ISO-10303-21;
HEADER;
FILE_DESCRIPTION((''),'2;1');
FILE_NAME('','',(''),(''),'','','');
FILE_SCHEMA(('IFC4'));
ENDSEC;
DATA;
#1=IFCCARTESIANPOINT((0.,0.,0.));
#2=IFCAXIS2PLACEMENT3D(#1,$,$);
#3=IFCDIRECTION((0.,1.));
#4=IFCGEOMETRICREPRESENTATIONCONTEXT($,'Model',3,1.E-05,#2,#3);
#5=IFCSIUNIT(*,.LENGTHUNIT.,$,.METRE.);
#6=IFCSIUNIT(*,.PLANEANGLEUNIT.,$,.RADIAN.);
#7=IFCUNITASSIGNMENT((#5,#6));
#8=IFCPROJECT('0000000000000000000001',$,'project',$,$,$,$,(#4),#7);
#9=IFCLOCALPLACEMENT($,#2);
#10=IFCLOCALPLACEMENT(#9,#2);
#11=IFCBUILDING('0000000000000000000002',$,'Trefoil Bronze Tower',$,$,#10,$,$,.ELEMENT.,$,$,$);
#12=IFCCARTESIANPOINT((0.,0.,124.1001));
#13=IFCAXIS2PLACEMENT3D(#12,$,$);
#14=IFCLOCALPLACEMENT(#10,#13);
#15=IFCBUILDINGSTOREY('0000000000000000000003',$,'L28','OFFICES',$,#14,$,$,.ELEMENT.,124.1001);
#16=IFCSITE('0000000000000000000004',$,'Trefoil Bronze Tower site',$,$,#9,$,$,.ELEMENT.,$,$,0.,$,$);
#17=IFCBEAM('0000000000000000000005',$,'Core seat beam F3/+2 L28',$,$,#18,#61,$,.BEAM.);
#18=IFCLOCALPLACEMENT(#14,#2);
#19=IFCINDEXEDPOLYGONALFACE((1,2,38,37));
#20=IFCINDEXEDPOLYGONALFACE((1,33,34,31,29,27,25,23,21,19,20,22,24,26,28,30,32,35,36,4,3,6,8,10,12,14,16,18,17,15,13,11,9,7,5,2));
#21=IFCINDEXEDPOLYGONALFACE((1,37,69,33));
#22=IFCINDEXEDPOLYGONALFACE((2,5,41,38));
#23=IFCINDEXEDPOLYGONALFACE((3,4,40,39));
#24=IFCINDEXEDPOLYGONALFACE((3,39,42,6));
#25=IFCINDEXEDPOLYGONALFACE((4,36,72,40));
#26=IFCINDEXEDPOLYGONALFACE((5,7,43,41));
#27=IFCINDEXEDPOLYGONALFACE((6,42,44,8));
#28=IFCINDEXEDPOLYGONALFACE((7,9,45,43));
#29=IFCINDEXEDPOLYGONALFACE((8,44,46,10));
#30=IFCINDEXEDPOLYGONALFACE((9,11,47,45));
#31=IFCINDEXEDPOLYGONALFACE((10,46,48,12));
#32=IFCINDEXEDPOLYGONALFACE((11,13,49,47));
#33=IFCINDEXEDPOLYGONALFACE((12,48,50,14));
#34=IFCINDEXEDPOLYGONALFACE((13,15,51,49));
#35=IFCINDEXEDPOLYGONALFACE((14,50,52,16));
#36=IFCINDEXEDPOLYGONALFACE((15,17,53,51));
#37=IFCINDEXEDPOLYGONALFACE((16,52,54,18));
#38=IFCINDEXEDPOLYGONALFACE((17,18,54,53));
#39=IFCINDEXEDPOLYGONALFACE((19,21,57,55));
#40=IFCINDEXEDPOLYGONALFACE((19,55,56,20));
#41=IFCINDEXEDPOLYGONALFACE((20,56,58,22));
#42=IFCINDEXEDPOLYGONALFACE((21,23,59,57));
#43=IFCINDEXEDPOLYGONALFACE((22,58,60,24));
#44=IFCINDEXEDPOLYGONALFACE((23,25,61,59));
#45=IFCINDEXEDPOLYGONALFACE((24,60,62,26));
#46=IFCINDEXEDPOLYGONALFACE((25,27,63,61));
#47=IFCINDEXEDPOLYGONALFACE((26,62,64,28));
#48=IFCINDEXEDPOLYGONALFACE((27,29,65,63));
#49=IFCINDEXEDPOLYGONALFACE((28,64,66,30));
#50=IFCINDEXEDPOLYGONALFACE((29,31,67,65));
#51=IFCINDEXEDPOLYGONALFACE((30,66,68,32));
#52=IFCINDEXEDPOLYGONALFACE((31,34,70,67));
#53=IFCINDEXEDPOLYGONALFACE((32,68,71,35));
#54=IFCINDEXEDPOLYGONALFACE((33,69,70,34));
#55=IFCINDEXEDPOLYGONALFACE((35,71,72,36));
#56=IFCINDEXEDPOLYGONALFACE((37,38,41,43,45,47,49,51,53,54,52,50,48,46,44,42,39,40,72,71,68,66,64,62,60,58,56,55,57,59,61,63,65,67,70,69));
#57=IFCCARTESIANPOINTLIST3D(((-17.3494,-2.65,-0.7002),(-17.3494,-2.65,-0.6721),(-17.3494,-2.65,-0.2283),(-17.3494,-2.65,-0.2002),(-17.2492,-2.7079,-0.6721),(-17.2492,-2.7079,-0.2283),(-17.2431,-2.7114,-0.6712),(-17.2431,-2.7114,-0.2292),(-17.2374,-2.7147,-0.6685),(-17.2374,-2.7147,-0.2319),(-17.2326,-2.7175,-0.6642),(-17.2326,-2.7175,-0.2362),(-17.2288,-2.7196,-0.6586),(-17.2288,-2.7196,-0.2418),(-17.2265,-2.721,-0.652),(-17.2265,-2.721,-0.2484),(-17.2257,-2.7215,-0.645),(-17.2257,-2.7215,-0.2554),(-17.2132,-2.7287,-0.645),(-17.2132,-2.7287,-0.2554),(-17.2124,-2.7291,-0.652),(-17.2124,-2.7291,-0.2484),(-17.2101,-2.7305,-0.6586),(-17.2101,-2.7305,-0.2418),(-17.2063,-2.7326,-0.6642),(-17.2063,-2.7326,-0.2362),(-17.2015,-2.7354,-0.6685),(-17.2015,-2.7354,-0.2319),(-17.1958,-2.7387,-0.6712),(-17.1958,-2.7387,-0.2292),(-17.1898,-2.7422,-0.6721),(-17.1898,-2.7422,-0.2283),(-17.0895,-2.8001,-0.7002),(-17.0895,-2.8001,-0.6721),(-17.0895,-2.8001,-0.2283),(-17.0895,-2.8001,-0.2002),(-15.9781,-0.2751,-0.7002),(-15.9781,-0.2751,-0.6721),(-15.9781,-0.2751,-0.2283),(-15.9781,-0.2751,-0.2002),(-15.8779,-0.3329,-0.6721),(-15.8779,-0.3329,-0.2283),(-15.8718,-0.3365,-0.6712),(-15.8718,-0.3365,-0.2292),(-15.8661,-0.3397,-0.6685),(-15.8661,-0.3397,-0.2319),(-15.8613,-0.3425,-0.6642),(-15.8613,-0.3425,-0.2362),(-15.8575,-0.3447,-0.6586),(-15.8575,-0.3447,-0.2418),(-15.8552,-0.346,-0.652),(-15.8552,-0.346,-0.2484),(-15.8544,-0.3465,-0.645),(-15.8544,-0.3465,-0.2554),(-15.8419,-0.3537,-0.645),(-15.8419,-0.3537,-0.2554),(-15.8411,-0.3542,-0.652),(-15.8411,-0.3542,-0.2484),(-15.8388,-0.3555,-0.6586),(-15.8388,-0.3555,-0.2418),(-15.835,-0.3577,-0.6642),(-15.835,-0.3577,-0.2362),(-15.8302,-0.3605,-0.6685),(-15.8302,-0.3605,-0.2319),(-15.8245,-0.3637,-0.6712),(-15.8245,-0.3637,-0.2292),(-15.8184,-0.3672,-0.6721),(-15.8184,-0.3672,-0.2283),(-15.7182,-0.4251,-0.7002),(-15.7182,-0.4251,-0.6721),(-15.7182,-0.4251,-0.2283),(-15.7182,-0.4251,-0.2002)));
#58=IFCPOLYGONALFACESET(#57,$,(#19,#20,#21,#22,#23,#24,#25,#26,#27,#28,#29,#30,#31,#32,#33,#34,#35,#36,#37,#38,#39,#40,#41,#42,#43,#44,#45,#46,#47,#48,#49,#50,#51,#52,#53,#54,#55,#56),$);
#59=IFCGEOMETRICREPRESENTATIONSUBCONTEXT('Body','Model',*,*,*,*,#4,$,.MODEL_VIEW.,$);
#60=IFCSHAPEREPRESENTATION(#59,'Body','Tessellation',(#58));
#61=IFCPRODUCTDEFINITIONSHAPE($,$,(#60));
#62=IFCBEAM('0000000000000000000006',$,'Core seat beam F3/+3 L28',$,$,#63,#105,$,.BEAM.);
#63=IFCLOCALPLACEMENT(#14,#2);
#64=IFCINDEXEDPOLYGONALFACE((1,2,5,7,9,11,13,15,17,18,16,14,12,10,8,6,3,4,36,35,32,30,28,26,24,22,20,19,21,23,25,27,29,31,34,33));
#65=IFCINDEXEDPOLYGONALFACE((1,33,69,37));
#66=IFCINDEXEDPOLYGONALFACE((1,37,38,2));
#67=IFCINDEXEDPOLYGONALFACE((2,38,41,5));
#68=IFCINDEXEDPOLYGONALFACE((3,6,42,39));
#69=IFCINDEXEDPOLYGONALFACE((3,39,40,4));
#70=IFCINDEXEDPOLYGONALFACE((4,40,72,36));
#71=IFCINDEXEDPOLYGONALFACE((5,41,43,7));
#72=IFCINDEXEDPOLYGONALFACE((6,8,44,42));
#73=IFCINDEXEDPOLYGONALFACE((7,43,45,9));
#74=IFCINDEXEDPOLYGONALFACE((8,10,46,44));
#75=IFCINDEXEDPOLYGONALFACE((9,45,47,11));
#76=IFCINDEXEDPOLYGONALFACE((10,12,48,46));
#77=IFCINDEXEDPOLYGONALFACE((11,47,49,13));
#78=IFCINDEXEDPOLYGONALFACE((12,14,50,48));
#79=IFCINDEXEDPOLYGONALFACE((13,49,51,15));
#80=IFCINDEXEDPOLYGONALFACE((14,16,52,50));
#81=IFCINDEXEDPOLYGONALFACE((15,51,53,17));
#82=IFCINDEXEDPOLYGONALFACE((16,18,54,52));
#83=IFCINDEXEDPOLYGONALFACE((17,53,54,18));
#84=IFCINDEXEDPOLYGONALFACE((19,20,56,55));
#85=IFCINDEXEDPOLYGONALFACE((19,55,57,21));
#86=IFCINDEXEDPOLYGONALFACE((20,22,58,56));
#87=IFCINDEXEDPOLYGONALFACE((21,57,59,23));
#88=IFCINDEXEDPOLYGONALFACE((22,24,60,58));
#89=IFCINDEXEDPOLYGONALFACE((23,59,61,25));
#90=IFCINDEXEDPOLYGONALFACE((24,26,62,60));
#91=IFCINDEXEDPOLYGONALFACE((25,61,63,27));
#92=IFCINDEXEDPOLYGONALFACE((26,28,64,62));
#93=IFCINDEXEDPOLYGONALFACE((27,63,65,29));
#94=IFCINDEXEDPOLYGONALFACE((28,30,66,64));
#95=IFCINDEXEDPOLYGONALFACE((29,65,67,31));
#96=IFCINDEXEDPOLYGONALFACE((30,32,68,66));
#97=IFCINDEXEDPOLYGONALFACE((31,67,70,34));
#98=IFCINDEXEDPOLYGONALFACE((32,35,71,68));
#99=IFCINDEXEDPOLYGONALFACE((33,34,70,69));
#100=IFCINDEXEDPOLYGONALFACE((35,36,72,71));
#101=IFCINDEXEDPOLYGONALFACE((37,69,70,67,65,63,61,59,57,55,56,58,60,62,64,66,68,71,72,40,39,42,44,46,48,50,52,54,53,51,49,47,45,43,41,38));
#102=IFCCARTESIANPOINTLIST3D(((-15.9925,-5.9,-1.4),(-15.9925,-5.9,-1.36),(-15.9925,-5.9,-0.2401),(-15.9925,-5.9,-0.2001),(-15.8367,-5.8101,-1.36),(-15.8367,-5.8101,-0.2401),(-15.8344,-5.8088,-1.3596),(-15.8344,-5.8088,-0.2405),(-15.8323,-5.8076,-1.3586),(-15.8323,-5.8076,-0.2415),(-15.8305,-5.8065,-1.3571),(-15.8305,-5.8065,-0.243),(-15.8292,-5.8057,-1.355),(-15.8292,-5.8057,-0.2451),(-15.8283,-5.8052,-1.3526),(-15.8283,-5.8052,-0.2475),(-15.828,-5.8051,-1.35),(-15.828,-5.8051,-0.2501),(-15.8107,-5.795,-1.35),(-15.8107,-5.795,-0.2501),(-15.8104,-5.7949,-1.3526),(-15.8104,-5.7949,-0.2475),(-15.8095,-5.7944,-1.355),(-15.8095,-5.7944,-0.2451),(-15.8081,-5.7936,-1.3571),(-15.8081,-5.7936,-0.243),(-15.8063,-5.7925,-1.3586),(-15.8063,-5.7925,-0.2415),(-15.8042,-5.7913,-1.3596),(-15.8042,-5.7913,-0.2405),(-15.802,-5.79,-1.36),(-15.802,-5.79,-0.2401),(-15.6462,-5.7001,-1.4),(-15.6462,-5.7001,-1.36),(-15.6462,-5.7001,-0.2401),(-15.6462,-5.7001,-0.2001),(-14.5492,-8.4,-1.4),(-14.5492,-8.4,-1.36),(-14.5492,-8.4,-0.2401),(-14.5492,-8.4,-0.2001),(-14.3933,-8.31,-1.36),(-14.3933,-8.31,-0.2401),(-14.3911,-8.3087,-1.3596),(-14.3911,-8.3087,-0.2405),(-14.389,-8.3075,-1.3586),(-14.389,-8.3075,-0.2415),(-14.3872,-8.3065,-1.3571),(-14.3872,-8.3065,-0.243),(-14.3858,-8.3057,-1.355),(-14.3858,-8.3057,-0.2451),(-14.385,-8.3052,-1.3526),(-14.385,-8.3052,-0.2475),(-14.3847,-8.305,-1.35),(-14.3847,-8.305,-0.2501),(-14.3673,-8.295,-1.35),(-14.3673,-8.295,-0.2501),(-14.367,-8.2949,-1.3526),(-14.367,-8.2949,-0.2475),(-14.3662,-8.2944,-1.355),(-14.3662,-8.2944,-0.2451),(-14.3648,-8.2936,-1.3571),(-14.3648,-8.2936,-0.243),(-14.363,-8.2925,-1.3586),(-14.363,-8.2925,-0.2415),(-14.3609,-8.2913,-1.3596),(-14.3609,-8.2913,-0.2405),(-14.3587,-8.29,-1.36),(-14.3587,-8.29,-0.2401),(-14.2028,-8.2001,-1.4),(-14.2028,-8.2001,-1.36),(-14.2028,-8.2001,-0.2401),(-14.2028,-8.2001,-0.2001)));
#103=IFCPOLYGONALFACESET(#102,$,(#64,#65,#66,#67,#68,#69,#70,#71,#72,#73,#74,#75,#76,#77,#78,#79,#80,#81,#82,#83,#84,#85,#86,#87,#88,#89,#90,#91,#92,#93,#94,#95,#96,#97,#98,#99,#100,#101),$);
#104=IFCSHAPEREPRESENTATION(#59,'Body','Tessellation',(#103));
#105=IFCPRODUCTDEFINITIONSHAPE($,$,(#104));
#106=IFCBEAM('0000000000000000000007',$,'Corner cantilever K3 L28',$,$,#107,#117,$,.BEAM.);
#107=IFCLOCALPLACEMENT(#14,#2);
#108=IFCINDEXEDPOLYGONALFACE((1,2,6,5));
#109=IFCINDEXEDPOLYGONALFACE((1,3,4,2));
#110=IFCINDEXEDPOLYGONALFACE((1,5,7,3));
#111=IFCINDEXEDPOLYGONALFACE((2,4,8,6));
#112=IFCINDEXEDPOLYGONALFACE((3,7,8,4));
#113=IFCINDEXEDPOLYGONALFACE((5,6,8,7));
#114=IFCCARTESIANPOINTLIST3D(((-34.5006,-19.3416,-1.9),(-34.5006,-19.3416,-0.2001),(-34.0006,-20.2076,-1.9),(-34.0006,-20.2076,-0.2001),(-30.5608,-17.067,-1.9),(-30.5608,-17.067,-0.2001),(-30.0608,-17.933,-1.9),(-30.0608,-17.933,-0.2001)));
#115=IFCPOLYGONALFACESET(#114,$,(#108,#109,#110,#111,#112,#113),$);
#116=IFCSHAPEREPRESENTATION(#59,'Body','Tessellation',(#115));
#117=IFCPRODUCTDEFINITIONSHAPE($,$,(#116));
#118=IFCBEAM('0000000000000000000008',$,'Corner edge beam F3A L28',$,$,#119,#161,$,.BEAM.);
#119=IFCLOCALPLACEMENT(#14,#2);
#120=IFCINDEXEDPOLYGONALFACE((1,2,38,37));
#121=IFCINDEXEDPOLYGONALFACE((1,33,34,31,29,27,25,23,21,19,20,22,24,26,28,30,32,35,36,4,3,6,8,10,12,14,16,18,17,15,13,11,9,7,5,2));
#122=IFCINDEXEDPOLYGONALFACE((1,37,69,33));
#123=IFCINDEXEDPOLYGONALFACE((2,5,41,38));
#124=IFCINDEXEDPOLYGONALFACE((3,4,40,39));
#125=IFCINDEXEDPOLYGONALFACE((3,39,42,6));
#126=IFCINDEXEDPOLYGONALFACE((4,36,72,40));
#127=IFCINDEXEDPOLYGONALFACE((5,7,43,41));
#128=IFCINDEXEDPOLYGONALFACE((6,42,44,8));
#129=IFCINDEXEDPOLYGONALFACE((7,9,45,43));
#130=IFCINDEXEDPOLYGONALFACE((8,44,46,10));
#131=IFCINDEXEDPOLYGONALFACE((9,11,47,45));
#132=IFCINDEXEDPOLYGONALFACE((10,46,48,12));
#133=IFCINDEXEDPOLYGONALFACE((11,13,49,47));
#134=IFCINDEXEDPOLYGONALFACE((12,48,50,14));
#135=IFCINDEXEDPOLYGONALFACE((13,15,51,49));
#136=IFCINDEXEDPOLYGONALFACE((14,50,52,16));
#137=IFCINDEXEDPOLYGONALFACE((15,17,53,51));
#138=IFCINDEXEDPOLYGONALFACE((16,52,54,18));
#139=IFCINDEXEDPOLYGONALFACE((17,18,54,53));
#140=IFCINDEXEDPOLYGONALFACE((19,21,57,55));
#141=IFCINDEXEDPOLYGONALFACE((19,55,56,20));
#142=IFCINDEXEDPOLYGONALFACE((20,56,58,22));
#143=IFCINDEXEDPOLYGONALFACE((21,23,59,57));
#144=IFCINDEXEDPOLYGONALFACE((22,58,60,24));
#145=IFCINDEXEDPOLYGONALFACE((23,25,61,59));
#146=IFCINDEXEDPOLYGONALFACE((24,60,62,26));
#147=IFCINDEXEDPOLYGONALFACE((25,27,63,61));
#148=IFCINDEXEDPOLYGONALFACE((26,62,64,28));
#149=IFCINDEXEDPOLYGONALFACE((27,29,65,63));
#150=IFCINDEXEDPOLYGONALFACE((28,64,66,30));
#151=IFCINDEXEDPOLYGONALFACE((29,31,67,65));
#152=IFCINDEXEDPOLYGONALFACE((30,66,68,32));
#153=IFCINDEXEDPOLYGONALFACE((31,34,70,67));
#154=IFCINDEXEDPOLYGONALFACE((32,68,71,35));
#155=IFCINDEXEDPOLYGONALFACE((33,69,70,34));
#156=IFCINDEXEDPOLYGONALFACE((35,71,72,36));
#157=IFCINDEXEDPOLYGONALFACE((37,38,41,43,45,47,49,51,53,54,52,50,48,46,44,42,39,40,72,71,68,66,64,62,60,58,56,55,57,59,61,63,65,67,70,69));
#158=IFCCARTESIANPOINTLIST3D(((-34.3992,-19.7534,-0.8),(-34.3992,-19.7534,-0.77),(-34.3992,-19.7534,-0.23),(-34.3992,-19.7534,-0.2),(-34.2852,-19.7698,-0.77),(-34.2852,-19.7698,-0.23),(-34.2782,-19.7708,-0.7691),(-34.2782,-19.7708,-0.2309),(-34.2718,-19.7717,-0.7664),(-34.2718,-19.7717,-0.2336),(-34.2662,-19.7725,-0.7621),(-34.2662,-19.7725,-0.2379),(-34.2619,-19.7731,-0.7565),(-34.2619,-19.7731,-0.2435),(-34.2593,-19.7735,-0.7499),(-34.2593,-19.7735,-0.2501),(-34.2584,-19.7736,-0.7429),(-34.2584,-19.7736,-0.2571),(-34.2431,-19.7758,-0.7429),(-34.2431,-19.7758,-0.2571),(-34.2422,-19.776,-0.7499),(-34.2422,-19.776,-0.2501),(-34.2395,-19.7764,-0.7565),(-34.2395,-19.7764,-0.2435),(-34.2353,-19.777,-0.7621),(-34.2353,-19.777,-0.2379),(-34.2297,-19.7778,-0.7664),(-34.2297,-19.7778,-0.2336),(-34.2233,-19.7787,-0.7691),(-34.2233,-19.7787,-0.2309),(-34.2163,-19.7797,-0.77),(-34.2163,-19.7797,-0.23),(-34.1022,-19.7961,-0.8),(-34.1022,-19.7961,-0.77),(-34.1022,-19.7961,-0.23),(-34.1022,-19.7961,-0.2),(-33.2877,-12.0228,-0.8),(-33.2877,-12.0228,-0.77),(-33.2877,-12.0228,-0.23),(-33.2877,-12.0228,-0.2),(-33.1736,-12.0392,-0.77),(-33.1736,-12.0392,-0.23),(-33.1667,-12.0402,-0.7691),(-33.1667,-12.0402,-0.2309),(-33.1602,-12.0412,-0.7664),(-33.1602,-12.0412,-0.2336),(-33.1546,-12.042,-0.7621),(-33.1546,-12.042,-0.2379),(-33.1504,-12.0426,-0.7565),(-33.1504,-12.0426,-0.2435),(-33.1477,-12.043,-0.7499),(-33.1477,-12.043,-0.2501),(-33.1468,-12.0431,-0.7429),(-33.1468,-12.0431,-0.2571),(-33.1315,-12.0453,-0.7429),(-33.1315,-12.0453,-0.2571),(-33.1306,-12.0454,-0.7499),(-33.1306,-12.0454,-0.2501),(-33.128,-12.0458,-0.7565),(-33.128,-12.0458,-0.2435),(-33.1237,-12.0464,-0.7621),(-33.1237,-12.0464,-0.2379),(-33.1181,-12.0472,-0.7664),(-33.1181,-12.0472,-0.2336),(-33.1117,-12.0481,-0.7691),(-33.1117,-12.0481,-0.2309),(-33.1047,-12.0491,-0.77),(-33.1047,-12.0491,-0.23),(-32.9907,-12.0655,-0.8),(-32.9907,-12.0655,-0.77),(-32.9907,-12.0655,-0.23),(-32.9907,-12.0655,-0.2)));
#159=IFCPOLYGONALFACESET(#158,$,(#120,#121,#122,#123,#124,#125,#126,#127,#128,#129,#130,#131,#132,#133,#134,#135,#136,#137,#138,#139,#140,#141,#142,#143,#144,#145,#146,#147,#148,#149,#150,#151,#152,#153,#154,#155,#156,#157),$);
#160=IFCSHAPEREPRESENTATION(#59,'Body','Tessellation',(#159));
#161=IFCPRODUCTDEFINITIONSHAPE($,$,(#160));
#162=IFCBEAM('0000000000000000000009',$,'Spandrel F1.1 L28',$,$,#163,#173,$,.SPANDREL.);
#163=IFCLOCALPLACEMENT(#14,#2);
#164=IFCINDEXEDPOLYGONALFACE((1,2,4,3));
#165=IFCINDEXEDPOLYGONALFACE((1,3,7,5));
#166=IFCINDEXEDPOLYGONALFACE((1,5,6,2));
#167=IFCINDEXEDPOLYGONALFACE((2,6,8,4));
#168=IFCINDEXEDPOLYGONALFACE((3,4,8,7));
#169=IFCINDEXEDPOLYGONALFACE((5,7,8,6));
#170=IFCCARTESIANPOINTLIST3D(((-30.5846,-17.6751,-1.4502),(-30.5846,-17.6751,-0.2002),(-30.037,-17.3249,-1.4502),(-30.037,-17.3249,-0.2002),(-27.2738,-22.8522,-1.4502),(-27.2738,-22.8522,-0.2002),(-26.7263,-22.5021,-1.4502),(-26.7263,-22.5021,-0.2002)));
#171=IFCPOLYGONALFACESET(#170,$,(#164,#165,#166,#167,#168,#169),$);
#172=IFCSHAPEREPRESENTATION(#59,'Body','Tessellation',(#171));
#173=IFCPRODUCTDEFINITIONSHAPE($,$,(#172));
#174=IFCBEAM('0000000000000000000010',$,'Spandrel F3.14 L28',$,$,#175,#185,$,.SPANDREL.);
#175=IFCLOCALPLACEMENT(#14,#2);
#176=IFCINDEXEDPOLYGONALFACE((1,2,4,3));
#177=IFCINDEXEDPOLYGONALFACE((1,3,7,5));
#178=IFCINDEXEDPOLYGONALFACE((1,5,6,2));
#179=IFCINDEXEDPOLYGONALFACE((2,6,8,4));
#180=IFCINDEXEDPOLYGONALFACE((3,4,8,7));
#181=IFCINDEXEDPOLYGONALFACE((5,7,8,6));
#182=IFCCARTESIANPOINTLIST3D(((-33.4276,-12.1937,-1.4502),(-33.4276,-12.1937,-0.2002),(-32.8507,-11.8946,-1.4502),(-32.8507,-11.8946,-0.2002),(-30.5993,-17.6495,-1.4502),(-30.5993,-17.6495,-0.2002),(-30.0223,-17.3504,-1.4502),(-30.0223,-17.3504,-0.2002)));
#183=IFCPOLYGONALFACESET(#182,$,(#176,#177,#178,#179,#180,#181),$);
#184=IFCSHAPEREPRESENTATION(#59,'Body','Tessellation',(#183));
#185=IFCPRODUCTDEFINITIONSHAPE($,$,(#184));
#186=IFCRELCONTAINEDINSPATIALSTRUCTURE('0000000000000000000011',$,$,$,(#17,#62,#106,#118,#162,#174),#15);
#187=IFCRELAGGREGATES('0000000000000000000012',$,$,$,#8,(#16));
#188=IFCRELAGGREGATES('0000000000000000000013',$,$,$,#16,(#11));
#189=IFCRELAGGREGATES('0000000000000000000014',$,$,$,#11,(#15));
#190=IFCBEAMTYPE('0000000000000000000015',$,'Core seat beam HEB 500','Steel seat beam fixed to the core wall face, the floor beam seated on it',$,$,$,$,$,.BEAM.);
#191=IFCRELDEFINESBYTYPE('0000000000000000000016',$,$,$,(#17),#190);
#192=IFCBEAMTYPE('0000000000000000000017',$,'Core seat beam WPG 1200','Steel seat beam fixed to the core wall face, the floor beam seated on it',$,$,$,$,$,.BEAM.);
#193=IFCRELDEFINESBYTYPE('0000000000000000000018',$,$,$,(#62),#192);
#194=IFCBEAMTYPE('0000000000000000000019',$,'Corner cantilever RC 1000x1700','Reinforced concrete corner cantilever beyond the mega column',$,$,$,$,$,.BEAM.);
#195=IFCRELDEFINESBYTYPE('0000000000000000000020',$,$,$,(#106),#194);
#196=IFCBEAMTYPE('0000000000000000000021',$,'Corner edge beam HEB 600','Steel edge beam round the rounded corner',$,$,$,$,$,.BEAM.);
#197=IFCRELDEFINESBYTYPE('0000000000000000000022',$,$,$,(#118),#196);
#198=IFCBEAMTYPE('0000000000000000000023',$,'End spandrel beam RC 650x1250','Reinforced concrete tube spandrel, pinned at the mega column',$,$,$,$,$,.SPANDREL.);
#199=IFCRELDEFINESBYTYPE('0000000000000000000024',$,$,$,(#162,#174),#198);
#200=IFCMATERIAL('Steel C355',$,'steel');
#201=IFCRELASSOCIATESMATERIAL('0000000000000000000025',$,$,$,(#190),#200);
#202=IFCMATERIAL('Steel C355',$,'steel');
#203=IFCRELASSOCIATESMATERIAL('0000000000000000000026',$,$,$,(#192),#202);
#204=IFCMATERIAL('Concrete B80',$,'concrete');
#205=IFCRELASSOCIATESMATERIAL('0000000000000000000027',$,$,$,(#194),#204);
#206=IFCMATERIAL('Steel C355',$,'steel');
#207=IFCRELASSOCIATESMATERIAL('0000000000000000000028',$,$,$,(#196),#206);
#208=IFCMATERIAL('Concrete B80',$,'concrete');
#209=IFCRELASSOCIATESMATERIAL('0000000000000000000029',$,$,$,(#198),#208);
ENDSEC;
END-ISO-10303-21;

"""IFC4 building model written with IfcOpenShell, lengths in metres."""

from ifc_helpers import new_model, si_unit, direction, frame, origin, origin_2d, place, context, subcontext, project, spatial, rectangle, i_section, extrude, material, material_profile, profile_set, type_object, element, save


model = new_model("IFC4")

# Units and contexts
model_context = context("Model", 3, precision=1e-05, world=origin(), true_north=direction((0.0, 1.0)))
body_context = subcontext(model_context, "Body", "Model", "MODEL_VIEW")
ifc_project = project(units=[si_unit("LENGTHUNIT", "METRE"), si_unit("PLANEANGLEUNIT", "RADIAN")], contexts=[model_context])

# Site, building, storey
site_placement = place(None, origin())
site = spatial("IfcSite", under=ifc_project, at=site_placement, Name="Trefoil Bronze Tower site", CompositionType="ELEMENT", RefElevation=0.0)
building_placement = place(site_placement, origin())
building = spatial("IfcBuilding", under=site, at=building_placement, Name="Trefoil Bronze Tower", CompositionType="ELEMENT")
storey_placement = place(building_placement, frame((0.0, 0.0, 124.1001)))
storey = spatial("IfcBuildingStorey", under=building, at=storey_placement, Name="L28", Description="OFFICES", CompositionType="ELEMENT", Elevation=124.1001)

# Beams
ifc_material_1 = material(Name="Steel C355", Category="steel")
ifc_material_profile_1 = material_profile(ifc_material_1, i_section(OverallWidth=0.3, OverallDepth=0.5, WebThickness=0.0144, FlangeThickness=0.0281, FilletRadius=0.0271, at=origin_2d()), Name="HEB 500")
ifc_profile_set_1 = profile_set([ifc_material_profile_1], Name="Steel C355")
beam_type_1 = type_object("IfcBeamType", Name="Core seat beam HEB 500", Description="Steel seat beam fixed to the core wall face, the floor beam seated on it", PredefinedType="BEAM", material=ifc_profile_set_1)
beam_1_placement = place(storey_placement, frame((-15.8481, -0.3501, -0.4502), z_axis=(-0.500036, -0.866005, 0.0), x_axis=(0.866005, -0.500036, 0.0)))
element("IfcBeam", 1, at=beam_1_placement, inside=storey, type_object=beam_type_1, Name="Core seat beam F3/+2 L28", PredefinedType="BEAM", context=body_context, shape_type="SweptSolid", body=[
    extrude(i_section(OverallWidth=0.3, OverallDepth=0.5, WebThickness=0.0144, FlangeThickness=0.0281, FilletRadius=0.0271, at=origin_2d()), origin(), (0.0, 0.0, 1.0), 2.7424),
])
ifc_material_2 = material(Name="Steel C355", Category="steel")
ifc_material_profile_2 = material_profile(ifc_material_2, i_section(OverallWidth=0.3999, OverallDepth=1.2, WebThickness=0.02, FlangeThickness=0.04, FilletRadius=0.01, at=origin_2d()), Name="WPG 1200")
ifc_profile_set_2 = profile_set([ifc_material_profile_2], Name="Steel C355")
beam_type_2 = type_object("IfcBeamType", Name="Core seat beam WPG 1200", Description="Steel seat beam fixed to the core wall face, the floor beam seated on it", PredefinedType="BEAM", material=ifc_profile_set_2)
beam_2_placement = place(storey_placement, frame((-15.8193, -5.8, -0.8), z_axis=(0.499996, -0.866028, 0.0), x_axis=(0.866028, 0.499996, 0.0)))
element("IfcBeam", 2, at=beam_2_placement, inside=storey, type_object=beam_type_2, Name="Core seat beam F3/+3 L28", PredefinedType="BEAM", context=body_context, shape_type="SweptSolid", body=[
    extrude(i_section(OverallWidth=0.3999, OverallDepth=1.2, WebThickness=0.02, FlangeThickness=0.04, FilletRadius=0.01, at=origin_2d()), origin(), (0.0, 0.0, 1.0), 2.8867),
])
ifc_material_3 = material(Name="Concrete B80", Category="concrete")
ifc_material_profile_3 = material_profile(ifc_material_3, rectangle(XDim=1.0, YDim=1.7, at=origin_2d()), Name="RC 1000x1700")
ifc_profile_set_3 = profile_set([ifc_material_profile_3], Name="Concrete B80")
beam_type_3 = type_object("IfcBeamType", Name="Corner cantilever RC 1000x1700", Description="Reinforced concrete corner cantilever beyond the mega column", PredefinedType="BEAM", material=ifc_profile_set_3)
beam_3_placement = place(storey_placement, frame((-30.3108, -17.5, -1.05), z_axis=(-0.866032, -0.499989, 0.0), x_axis=(0.499989, -0.866032, 0.0)))
element("IfcBeam", 3, at=beam_3_placement, inside=storey, type_object=beam_type_3, Name="Corner cantilever K3 L28", PredefinedType="BEAM", context=body_context, shape_type="SweptSolid", body=[
    extrude(rectangle(XDim=1.0, YDim=1.7, at=origin_2d()), origin(), (0.0, 0.0, 1.0), 4.5493),
])
ifc_material_4 = material(Name="Steel C355", Category="steel")
ifc_material_profile_4 = material_profile(ifc_material_4, i_section(OverallWidth=0.3, OverallDepth=0.6001, WebThickness=0.0154, FlangeThickness=0.03, FilletRadius=0.0271, at=origin_2d()), Name="HEB 600")
ifc_profile_set_4 = profile_set([ifc_material_profile_4], Name="Steel C355")
beam_type_4 = type_object("IfcBeamType", Name="Corner edge beam HEB 600", Description="Steel edge beam round the rounded corner", PredefinedType="BEAM", material=ifc_profile_set_4)
beam_4_placement = place(storey_placement, frame((-33.1392, -12.0442, -0.5), z_axis=(-0.142327, -0.98982, 0.0), x_axis=(0.98982, -0.142327, 0.0)))
element("IfcBeam", 4, at=beam_4_placement, inside=storey, type_object=beam_type_4, Name="Corner edge beam F3A L28", PredefinedType="BEAM", context=body_context, shape_type="SweptSolid", body=[
    extrude(i_section(OverallWidth=0.3, OverallDepth=0.6001, WebThickness=0.0154, FlangeThickness=0.03, FilletRadius=0.0271, at=origin_2d()), origin(), (0.0, 0.0, 1.0), 7.8101),
])
ifc_material_5 = material(Name="Concrete B80", Category="concrete")
ifc_material_profile_5 = material_profile(ifc_material_5, rectangle(XDim=0.6499, YDim=1.25, at=origin_2d()), Name="RC 650x1250")
ifc_profile_set_5 = profile_set([ifc_material_profile_5], Name="Concrete B80")
beam_type_5 = type_object("IfcBeamType", Name="End spandrel beam RC 650x1250", Description="Reinforced concrete tube spandrel, pinned at the mega column", PredefinedType="SPANDREL", material=ifc_profile_set_5)
for number, where, z_axis, x_axis, name in (
    (5, (-30.3108, -17.5, -0.8252), (0.538748, -0.842467, 0.0), (0.842467, 0.538748, 0.0), "Spandrel F1.1 L28"),
    (6, (-33.1392, -12.0442, -0.8252), (0.460244, -0.887792, 0.0), (0.887792, 0.460244, 0.0), "Spandrel F3.14 L28"),
):
    element("IfcBeam", number, at=place(storey_placement, frame(where, z_axis=z_axis, x_axis=x_axis)), inside=storey, type_object=beam_type_5, Name=name, PredefinedType="SPANDREL", context=body_context, shape_type="SweptSolid", body=[
        extrude(rectangle(XDim=0.6499, YDim=1.25, at=origin_2d()), origin(), (0.0, 0.0, 1.0), 6.1453),
    ])

save(model, "model.ifc")
